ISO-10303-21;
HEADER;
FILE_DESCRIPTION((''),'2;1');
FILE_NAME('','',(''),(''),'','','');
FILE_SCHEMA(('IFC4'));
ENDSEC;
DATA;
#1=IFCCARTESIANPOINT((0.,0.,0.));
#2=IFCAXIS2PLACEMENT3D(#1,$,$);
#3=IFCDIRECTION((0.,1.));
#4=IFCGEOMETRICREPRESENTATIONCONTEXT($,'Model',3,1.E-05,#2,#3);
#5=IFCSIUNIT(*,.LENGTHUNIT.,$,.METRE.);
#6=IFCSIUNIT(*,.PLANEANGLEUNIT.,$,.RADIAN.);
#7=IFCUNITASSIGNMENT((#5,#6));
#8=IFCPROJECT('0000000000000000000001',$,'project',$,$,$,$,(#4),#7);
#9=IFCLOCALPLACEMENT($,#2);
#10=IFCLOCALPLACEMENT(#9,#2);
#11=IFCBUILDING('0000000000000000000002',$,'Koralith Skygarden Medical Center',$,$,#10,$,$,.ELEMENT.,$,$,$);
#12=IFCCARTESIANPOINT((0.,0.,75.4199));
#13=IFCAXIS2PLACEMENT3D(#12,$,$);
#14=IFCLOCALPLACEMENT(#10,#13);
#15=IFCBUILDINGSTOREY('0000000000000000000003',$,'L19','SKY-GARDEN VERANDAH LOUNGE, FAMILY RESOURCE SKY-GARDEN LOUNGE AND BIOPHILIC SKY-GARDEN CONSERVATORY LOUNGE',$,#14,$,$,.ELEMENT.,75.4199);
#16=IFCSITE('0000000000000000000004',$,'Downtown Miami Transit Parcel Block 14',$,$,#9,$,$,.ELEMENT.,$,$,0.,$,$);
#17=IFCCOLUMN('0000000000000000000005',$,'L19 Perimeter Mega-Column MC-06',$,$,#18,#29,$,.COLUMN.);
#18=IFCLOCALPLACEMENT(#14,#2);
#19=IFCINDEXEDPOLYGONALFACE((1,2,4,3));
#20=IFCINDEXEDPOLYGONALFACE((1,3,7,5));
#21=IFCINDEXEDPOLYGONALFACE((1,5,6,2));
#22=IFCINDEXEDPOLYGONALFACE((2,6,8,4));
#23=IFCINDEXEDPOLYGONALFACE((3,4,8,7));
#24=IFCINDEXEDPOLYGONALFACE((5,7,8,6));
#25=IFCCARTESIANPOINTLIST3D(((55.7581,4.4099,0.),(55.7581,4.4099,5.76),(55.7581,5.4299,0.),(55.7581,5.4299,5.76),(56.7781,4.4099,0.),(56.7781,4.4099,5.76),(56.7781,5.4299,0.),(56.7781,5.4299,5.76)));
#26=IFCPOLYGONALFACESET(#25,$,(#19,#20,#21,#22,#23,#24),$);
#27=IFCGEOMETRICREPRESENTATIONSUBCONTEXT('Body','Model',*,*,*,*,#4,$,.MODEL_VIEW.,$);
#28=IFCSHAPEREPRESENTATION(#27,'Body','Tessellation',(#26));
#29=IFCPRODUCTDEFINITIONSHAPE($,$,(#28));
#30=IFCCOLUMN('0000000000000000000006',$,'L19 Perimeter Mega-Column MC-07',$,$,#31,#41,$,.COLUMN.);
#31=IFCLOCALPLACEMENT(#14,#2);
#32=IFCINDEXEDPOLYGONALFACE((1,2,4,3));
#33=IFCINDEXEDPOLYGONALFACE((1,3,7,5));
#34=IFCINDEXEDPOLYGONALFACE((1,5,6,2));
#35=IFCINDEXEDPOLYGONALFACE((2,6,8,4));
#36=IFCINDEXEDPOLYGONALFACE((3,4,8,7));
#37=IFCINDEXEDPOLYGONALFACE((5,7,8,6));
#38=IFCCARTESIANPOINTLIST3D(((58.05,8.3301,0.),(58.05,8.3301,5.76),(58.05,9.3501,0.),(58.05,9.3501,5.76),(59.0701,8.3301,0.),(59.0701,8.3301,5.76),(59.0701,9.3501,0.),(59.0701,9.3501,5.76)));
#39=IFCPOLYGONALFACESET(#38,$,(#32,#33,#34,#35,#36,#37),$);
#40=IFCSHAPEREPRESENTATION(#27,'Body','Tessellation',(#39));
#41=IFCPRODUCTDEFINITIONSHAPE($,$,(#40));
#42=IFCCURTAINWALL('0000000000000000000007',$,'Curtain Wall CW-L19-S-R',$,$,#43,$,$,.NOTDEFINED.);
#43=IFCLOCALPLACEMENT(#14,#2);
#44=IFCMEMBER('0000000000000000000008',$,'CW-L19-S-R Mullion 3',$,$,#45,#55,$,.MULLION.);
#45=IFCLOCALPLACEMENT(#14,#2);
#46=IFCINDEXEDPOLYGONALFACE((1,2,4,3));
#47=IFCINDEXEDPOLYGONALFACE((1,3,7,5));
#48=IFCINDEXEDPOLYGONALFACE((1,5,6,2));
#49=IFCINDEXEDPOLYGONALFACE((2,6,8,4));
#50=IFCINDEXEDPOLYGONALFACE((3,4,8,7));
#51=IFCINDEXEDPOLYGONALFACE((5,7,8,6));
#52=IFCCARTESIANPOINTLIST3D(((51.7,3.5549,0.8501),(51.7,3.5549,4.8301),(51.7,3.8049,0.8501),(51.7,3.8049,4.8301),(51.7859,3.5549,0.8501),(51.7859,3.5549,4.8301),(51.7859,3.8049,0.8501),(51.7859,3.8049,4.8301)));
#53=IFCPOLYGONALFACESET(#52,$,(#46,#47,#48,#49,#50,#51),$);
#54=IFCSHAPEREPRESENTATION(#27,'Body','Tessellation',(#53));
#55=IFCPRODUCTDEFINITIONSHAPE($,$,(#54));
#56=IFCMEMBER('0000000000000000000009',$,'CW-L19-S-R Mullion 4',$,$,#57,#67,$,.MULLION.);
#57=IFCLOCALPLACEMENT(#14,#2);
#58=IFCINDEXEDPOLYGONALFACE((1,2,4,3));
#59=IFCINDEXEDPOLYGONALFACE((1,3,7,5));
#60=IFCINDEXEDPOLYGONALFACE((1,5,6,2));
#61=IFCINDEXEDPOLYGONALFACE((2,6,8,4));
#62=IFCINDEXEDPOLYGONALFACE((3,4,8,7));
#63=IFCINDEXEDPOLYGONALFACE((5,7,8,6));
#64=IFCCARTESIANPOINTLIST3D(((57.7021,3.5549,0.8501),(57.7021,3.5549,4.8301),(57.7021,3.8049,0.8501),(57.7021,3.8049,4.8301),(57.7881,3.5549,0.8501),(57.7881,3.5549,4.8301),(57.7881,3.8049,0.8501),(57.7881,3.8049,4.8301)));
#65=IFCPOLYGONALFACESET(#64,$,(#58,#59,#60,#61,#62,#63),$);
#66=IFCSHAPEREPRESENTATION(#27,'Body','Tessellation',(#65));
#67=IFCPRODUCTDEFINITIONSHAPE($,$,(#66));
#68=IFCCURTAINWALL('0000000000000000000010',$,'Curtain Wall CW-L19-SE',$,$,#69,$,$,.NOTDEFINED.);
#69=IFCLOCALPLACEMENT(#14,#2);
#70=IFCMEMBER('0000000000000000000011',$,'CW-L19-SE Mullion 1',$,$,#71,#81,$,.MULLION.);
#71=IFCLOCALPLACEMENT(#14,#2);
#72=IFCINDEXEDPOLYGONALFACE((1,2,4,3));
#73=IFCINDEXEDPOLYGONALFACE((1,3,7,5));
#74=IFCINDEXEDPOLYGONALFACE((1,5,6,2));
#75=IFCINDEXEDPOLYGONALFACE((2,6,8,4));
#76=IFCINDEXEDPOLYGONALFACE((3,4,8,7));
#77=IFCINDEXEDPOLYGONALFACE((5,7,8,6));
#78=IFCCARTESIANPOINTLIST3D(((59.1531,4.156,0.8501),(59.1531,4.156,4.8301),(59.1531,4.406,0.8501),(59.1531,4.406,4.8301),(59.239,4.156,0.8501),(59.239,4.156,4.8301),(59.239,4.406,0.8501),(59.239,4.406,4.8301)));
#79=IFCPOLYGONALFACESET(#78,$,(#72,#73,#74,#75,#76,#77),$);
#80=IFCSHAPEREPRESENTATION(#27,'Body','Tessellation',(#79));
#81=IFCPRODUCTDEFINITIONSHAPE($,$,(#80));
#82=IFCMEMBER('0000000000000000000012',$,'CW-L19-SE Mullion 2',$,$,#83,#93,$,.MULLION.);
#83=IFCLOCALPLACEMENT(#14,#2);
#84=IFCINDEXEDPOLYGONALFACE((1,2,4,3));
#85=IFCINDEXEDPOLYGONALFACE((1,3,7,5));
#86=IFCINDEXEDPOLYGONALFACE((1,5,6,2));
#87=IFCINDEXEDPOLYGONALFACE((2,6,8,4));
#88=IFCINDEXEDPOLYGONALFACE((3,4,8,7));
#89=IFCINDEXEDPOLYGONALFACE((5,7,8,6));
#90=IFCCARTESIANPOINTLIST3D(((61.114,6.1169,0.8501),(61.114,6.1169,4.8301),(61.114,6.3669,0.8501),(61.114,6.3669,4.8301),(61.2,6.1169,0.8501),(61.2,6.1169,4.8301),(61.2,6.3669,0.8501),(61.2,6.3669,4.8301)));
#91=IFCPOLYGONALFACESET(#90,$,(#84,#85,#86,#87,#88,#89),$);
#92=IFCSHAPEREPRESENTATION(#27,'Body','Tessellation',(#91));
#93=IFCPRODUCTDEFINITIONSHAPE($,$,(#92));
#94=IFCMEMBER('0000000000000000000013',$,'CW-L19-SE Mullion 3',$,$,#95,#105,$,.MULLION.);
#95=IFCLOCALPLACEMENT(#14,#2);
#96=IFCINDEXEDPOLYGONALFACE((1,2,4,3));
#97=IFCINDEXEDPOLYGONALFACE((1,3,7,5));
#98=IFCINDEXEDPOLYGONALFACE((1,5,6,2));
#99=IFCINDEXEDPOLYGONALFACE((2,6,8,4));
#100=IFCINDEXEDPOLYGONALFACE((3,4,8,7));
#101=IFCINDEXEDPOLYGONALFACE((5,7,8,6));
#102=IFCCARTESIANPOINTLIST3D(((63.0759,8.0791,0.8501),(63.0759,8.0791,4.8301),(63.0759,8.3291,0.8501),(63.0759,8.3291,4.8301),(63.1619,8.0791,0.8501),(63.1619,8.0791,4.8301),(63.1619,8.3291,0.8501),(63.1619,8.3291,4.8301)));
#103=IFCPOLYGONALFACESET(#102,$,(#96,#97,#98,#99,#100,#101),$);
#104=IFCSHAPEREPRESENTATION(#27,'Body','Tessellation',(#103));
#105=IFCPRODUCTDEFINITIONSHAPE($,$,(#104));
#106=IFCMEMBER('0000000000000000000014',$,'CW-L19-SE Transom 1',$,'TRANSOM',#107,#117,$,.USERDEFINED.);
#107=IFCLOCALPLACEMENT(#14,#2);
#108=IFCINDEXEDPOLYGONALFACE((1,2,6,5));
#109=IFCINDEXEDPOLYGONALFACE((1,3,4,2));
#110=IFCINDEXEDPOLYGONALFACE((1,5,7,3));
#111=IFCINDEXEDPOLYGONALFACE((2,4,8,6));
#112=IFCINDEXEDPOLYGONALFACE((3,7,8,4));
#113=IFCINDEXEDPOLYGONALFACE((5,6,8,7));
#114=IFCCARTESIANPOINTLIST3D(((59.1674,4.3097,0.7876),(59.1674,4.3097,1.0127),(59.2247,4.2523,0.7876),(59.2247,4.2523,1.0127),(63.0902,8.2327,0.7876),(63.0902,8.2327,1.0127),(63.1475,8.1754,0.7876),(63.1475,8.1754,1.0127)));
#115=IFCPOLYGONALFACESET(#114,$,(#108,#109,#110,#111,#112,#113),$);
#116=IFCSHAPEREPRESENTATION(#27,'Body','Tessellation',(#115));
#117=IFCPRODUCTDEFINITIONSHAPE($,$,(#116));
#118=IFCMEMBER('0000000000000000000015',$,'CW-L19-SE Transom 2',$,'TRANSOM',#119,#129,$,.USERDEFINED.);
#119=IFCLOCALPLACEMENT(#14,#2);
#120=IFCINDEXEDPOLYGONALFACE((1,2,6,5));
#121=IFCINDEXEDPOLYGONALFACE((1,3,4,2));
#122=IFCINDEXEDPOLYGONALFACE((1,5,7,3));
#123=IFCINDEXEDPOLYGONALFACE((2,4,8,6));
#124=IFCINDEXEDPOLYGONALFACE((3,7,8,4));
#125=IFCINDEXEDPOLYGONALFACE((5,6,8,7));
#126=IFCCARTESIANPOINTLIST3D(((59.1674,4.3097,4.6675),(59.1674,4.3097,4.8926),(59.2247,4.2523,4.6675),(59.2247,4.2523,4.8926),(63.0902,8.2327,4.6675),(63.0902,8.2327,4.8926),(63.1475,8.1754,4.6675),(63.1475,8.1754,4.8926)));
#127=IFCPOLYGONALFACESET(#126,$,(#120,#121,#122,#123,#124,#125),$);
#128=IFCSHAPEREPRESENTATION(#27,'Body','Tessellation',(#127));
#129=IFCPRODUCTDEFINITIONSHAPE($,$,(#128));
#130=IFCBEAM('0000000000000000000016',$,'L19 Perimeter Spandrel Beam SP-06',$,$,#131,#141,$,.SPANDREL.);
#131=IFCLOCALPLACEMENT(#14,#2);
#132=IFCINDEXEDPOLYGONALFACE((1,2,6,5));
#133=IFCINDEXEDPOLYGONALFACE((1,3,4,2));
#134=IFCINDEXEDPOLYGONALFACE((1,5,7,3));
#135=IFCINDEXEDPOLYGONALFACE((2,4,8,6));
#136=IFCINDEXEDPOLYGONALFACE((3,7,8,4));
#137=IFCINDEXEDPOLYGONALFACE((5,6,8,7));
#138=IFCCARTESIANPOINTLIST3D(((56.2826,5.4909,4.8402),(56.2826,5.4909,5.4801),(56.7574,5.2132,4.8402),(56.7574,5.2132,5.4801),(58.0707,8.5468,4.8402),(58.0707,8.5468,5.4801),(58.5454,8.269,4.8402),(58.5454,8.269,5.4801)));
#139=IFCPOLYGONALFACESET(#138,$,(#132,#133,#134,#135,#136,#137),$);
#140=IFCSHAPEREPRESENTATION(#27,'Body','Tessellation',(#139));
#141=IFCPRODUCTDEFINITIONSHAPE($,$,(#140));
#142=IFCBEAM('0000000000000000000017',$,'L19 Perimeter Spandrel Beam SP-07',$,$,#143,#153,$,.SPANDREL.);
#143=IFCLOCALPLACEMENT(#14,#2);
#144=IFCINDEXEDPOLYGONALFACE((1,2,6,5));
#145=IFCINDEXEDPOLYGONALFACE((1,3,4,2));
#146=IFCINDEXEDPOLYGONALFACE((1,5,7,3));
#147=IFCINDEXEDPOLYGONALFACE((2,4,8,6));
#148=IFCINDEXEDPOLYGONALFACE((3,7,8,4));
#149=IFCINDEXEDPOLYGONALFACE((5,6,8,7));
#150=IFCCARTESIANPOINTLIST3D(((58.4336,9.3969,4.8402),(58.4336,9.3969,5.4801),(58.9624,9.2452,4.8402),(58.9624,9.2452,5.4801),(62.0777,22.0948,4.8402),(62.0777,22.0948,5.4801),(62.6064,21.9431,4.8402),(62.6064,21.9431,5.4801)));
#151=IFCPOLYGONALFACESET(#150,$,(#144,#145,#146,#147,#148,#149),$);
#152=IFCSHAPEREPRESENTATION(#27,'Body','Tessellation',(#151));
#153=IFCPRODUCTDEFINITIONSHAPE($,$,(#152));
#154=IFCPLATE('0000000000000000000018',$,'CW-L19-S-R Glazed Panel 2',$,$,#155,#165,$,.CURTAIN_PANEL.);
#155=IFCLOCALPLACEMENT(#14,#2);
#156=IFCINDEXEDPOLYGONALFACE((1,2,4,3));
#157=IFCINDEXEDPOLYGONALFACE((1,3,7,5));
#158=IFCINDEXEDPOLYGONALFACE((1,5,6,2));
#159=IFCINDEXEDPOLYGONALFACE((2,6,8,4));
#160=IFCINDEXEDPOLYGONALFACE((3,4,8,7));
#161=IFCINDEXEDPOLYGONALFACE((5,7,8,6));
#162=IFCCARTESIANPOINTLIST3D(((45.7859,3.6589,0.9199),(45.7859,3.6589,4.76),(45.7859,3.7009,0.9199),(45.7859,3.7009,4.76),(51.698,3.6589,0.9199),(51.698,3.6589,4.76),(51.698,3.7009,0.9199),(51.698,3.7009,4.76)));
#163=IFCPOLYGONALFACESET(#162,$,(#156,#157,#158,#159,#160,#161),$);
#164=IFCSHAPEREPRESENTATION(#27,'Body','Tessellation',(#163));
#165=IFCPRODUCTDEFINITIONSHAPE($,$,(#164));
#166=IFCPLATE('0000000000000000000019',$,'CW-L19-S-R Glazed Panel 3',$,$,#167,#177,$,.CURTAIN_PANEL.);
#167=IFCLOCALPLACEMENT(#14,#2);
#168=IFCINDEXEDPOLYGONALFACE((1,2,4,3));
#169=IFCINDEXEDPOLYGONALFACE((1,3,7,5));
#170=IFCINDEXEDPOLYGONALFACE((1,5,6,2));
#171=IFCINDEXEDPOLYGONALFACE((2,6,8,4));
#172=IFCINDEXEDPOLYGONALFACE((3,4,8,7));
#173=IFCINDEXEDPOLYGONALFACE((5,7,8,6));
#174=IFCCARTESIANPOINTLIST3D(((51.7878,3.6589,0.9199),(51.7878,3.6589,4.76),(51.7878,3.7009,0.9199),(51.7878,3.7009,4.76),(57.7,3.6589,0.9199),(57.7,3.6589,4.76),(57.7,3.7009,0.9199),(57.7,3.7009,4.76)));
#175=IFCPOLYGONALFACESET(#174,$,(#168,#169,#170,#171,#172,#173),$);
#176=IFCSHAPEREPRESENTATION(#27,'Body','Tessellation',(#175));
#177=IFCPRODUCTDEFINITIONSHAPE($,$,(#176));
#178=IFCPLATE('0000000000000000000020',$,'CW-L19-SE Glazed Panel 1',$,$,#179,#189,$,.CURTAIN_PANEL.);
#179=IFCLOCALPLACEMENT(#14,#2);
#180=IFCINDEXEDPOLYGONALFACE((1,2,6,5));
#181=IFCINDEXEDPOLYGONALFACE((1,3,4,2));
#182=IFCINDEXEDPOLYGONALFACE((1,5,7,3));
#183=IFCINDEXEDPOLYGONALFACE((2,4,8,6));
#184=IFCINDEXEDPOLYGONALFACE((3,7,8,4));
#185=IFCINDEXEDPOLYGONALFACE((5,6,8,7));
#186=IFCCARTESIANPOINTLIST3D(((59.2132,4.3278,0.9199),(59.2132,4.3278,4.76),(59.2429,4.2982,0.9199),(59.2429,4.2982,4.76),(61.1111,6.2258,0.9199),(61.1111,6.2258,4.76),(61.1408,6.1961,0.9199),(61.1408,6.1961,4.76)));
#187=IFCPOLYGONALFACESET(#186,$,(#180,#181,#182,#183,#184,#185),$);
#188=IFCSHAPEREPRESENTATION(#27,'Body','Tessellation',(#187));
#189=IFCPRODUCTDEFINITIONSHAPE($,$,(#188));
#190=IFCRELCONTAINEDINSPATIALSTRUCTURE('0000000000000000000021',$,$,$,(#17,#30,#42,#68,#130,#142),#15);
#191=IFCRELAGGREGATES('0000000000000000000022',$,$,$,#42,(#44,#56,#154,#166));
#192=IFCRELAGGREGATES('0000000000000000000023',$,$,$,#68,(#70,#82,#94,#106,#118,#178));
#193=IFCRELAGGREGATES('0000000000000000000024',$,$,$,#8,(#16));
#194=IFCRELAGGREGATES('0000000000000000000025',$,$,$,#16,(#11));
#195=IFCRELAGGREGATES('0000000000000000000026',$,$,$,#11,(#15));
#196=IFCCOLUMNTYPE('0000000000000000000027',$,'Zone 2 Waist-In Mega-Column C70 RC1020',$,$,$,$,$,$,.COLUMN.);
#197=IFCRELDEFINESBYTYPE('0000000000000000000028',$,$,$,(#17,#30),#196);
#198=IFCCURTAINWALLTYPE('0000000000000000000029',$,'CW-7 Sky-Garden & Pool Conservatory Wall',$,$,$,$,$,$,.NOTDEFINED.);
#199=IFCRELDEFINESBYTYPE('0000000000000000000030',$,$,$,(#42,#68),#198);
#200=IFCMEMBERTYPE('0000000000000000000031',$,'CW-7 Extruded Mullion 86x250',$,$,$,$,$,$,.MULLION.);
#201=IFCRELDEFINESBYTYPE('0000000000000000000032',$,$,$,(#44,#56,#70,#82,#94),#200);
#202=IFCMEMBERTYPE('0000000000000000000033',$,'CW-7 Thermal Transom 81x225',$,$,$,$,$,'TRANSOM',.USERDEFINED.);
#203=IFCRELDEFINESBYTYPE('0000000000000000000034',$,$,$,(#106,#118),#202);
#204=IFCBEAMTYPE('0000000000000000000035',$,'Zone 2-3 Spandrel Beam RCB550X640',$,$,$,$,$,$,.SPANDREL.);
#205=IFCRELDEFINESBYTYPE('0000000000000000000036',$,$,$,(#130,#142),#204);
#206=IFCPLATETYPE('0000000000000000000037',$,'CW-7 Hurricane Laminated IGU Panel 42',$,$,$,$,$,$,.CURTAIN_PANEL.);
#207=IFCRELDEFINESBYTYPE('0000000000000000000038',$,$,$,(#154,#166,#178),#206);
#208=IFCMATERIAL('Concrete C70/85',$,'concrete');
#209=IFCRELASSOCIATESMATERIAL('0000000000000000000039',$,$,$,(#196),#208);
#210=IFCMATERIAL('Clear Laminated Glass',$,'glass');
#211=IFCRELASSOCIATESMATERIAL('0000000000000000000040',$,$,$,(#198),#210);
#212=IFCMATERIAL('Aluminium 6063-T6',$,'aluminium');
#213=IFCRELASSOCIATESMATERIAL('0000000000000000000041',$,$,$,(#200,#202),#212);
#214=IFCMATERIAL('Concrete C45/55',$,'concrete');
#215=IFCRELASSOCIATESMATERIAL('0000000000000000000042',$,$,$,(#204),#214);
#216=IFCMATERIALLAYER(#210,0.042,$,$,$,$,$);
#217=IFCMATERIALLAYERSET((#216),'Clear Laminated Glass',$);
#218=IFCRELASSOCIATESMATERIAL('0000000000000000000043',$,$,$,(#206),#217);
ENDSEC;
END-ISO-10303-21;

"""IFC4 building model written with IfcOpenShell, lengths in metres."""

from ifc_helpers import new_model, si_unit, direction, frame, origin, origin_2d, place, context, subcontext, project, spatial, rectangle, extrude, material, layer, layer_set, material_profile, profile_set, type_object, element, aggregate, save


model = new_model("IFC4")

# Units and contexts
model_context = context("Model", 3, precision=1e-05, world=origin(), true_north=direction((0.0, 1.0)))
body_context = subcontext(model_context, "Body", "Model", "MODEL_VIEW")
ifc_project = project(units=[si_unit("LENGTHUNIT", "METRE"), si_unit("PLANEANGLEUNIT", "RADIAN")], contexts=[model_context])

# Site, building, storey
site_placement = place(None, origin())
site = spatial("IfcSite", under=ifc_project, at=site_placement, Name="Downtown Miami Transit Parcel Block 14", CompositionType="ELEMENT", RefElevation=0.0)
building_placement = place(site_placement, origin())
building = spatial("IfcBuilding", under=site, at=building_placement, Name="Koralith Skygarden Medical Center", CompositionType="ELEMENT")
storey_placement = place(building_placement, frame((0.0, 0.0, 75.4199)))
storey = spatial("IfcBuildingStorey", under=building, at=storey_placement, Name="L19", Description="SKY-GARDEN VERANDAH LOUNGE, FAMILY RESOURCE SKY-GARDEN LOUNGE AND BIOPHILIC SKY-GARDEN CONSERVATORY LOUNGE", CompositionType="ELEMENT", Elevation=75.4199)

# Columns
ifc_material_1 = material(Name="Concrete C70/85", Category="concrete")
ifc_material_profile_1 = material_profile(ifc_material_1, rectangle(XDim=1.02, YDim=1.02, at=origin_2d()), Name="RC1020X1020")
ifc_profile_set_1 = profile_set([ifc_material_profile_1], Name="Concrete C70/85")
column_type = type_object("IfcColumnType", Name="Zone 2 Waist-In Mega-Column C70 RC1020", PredefinedType="COLUMN", material=ifc_profile_set_1)
for number, where, z_axis, x_axis, name in (
    (1, (56.2681, 4.9199, 0.0), (0.0, 0.0, 1.0), (1.0, 0.0, 0.0), "L19 Perimeter Mega-Column MC-06"),
    (2, (58.5601, 8.8401, 0.0), (0.0, 0.0, 1.0), (1.0, 0.0, 0.0), "L19 Perimeter Mega-Column MC-07"),
):
    element("IfcColumn", number, at=place(storey_placement, frame(where, z_axis=z_axis, x_axis=x_axis)), inside=storey, type_object=column_type, Name=name, PredefinedType="COLUMN", context=body_context, shape_type="SweptSolid", body=[
        extrude(rectangle(XDim=1.02, YDim=1.02, at=origin_2d()), origin(), (0.0, 0.0, 1.0), 5.76),
    ])

# Curtain walls, members
ifc_material_2 = material(Name="Clear Laminated Glass", Category="glass")
curtain_wall_type = type_object("IfcCurtainWallType", Name="CW-7 Sky-Garden & Pool Conservatory Wall", PredefinedType="NOTDEFINED", material=ifc_material_2)
curtain_wall_1_placement = place(storey_placement, origin())
curtain_wall_1 = element("IfcCurtainWall", 3, at=curtain_wall_1_placement, inside=storey, type_object=curtain_wall_type, Name="Curtain Wall CW-L19-S-R", PredefinedType="NOTDEFINED")
ifc_material_3 = material(Name="Aluminium 6063-T6", Category="aluminium")
ifc_material_profile_2 = material_profile(ifc_material_3, rectangle(XDim=0.0859, YDim=0.25, at=origin_2d()), Name="MUL86X250")
ifc_profile_set_2 = profile_set([ifc_material_profile_2], Name="Aluminium 6063-T6")
member_type_1 = type_object("IfcMemberType", Name="CW-7 Extruded Mullion 86x250", PredefinedType="MULLION", material=ifc_profile_set_2)
member_1_placement = place(storey_placement, frame((51.7429, 3.6799, 0.8501), z_axis=(0.0, 0.0, 1.0), x_axis=(1.0, 0.0, 0.0)))
member_1 = element("IfcMember", 4, at=member_1_placement, type_object=member_type_1, Name="CW-L19-S-R Mullion 3", PredefinedType="MULLION", context=body_context, shape_type="SweptSolid", body=[
    extrude(rectangle(XDim=0.0859, YDim=0.25, at=origin_2d()), origin(), (0.0, 0.0, 1.0), 3.98),
])
member_2_placement = place(storey_placement, frame((57.7451, 3.6799, 0.8501), z_axis=(0.0, 0.0, 1.0), x_axis=(1.0, 0.0, 0.0)))
member_2 = element("IfcMember", 5, at=member_2_placement, type_object=member_type_1, Name="CW-L19-S-R Mullion 4", PredefinedType="MULLION", context=body_context, shape_type="SweptSolid", body=[
    extrude(rectangle(XDim=0.0859, YDim=0.25, at=origin_2d()), origin(), (0.0, 0.0, 1.0), 3.98),
])
curtain_wall_2_placement = place(storey_placement, origin())
curtain_wall_2 = element("IfcCurtainWall", 6, at=curtain_wall_2_placement, inside=storey, type_object=curtain_wall_type, Name="Curtain Wall CW-L19-SE", PredefinedType="NOTDEFINED")
member_3_placement = place(storey_placement, frame((59.196, 4.281, 0.8501), z_axis=(0.0, 0.0, 1.0), x_axis=(1.0, 0.0, 0.0)))
member_3 = element("IfcMember", 7, at=member_3_placement, type_object=member_type_1, Name="CW-L19-SE Mullion 1", PredefinedType="MULLION", context=body_context, shape_type="SweptSolid", body=[
    extrude(rectangle(XDim=0.0859, YDim=0.25, at=origin_2d()), origin(), (0.0, 0.0, 1.0), 3.98),
])
member_4_placement = place(storey_placement, frame((61.157, 6.2419, 0.8501), z_axis=(0.0, 0.0, 1.0), x_axis=(1.0, 0.0, 0.0)))
member_4 = element("IfcMember", 8, at=member_4_placement, type_object=member_type_1, Name="CW-L19-SE Mullion 2", PredefinedType="MULLION", context=body_context, shape_type="SweptSolid", body=[
    extrude(rectangle(XDim=0.0859, YDim=0.25, at=origin_2d()), origin(), (0.0, 0.0, 1.0), 3.98),
])
member_5_placement = place(storey_placement, frame((63.1189, 8.2041, 0.8501), z_axis=(0.0, 0.0, 1.0), x_axis=(1.0, 0.0, 0.0)))
member_5 = element("IfcMember", 9, at=member_5_placement, type_object=member_type_1, Name="CW-L19-SE Mullion 3", PredefinedType="MULLION", context=body_context, shape_type="SweptSolid", body=[
    extrude(rectangle(XDim=0.0859, YDim=0.25, at=origin_2d()), origin(), (0.0, 0.0, 1.0), 3.98),
])
ifc_material_profile_3 = material_profile(ifc_material_3, rectangle(XDim=0.0811, YDim=0.2251, at=origin_2d()), Name="TRN81X225")
ifc_profile_set_3 = profile_set([ifc_material_profile_3], Name="Aluminium 6063-T6")
member_type_2 = type_object("IfcMemberType", Name="CW-7 Thermal Transom 81x225", ElementType="TRANSOM", PredefinedType="USERDEFINED", material=ifc_profile_set_3)
member_6_placement = place(storey_placement, frame((59.196, 4.281, 0.9001), z_axis=(0.707085, 0.707129, 0.0), x_axis=(-0.707129, 0.707085, 0.0)))
member_6 = element("IfcMember", 10, at=member_6_placement, type_object=member_type_2, Name="CW-L19-SE Transom 1", ObjectType="TRANSOM", PredefinedType="USERDEFINED", context=body_context, shape_type="SweptSolid", body=[
    extrude(rectangle(XDim=0.0811, YDim=0.2251, at=origin_2d()), origin(), (0.0, 0.0, 1.0), 5.5479),
])
member_7_placement = place(storey_placement, frame((59.196, 4.281, 4.78), z_axis=(0.707085, 0.707129, 0.0), x_axis=(-0.707129, 0.707085, 0.0)))
member_7 = element("IfcMember", 11, at=member_7_placement, type_object=member_type_2, Name="CW-L19-SE Transom 2", ObjectType="TRANSOM", PredefinedType="USERDEFINED", context=body_context, shape_type="SweptSolid", body=[
    extrude(rectangle(XDim=0.0811, YDim=0.2251, at=origin_2d()), origin(), (0.0, 0.0, 1.0), 5.5479),
])

# Beams
ifc_material_4 = material(Name="Concrete C45/55", Category="concrete")
ifc_material_profile_4 = material_profile(ifc_material_4, rectangle(XDim=0.55, YDim=0.6399, at=origin_2d()), Name="RCB550X640")
ifc_profile_set_4 = profile_set([ifc_material_profile_4], Name="Concrete C45/55")
beam_type = type_object("IfcBeamType", Name="Zone 2-3 Spandrel Beam RCB550X640", PredefinedType="SPANDREL", material=ifc_profile_set_4)
beam_1_placement = place(storey_placement, frame((56.52, 5.3521, 5.1602), z_axis=(0.505024, 0.863105, 0.0), x_axis=(-0.863105, 0.505024, 0.0)))
element("IfcBeam", 12, at=beam_1_placement, inside=storey, type_object=beam_type, Name="L19 Perimeter Spandrel Beam SP-06", PredefinedType="SPANDREL", context=body_context, shape_type="SweptSolid", body=[
    extrude(rectangle(XDim=0.55, YDim=0.6399, at=origin_2d()), origin(), (0.0, 0.0, 1.0), 3.5405),
])
beam_2_placement = place(storey_placement, frame((58.698, 9.321, 5.1602), z_axis=(0.275844, 0.961202, 0.0), x_axis=(-0.961202, 0.275844, 0.0)))
element("IfcBeam", 13, at=beam_2_placement, inside=storey, type_object=beam_type, Name="L19 Perimeter Spandrel Beam SP-07", PredefinedType="SPANDREL", context=body_context, shape_type="SweptSolid", body=[
    extrude(rectangle(XDim=0.55, YDim=0.6399, at=origin_2d()), origin(), (0.0, 0.0, 1.0), 13.2104),
])

# Plates
ifc_layer_1 = layer(ifc_material_2, 0.042)
ifc_layer_set_1 = layer_set([ifc_layer_1], Name="Clear Laminated Glass")
plate_type_1 = type_object("IfcPlateType", Name="CW-7 Hurricane Laminated IGU Panel 42", PredefinedType="CURTAIN_PANEL", material=ifc_layer_set_1)
plate_1_placement = place(storey_placement, frame((48.7419, 3.6799, 0.9199), z_axis=(0.0, 0.0, 1.0), x_axis=(1.0, 0.0, 0.0)))
plate_1 = element("IfcPlate", 14, at=plate_1_placement, type_object=plate_type_1, Name="CW-L19-S-R Glazed Panel 2", PredefinedType="CURTAIN_PANEL", context=body_context, shape_type="SweptSolid", body=[
    extrude(rectangle(XDim=5.9121, YDim=0.042, at=origin_2d()), origin(), (0.0, 0.0, 1.0), 3.8401),
])
plate_2_placement = place(storey_placement, frame((54.7439, 3.6799, 0.9199), z_axis=(0.0, 0.0, 1.0), x_axis=(1.0, 0.0, 0.0)))
plate_2 = element("IfcPlate", 15, at=plate_2_placement, type_object=plate_type_1, Name="CW-L19-S-R Glazed Panel 3", PredefinedType="CURTAIN_PANEL", context=body_context, shape_type="SweptSolid", body=[
    extrude(rectangle(XDim=5.9121, YDim=0.042, at=origin_2d()), origin(), (0.0, 0.0, 1.0), 3.8401),
])
aggregate(curtain_wall_1, [member_1, member_2, plate_1, plate_2])
plate_3_placement = place(storey_placement, frame((60.177, 5.262, 0.9199), z_axis=(0.0, 0.0, 1.0), x_axis=(0.707107, 0.707107, 0.0)))
plate_3 = element("IfcPlate", 16, at=plate_3_placement, type_object=plate_type_1, Name="CW-L19-SE Glazed Panel 1", PredefinedType="CURTAIN_PANEL", context=body_context, shape_type="SweptSolid", body=[
    extrude(rectangle(XDim=2.6841, YDim=0.042, at=origin_2d()), origin(), (0.0, 0.0, 1.0), 3.8401),
])
aggregate(curtain_wall_2, [member_3, member_4, member_5, member_6, member_7, plate_3])

save(model, "model.ifc")
